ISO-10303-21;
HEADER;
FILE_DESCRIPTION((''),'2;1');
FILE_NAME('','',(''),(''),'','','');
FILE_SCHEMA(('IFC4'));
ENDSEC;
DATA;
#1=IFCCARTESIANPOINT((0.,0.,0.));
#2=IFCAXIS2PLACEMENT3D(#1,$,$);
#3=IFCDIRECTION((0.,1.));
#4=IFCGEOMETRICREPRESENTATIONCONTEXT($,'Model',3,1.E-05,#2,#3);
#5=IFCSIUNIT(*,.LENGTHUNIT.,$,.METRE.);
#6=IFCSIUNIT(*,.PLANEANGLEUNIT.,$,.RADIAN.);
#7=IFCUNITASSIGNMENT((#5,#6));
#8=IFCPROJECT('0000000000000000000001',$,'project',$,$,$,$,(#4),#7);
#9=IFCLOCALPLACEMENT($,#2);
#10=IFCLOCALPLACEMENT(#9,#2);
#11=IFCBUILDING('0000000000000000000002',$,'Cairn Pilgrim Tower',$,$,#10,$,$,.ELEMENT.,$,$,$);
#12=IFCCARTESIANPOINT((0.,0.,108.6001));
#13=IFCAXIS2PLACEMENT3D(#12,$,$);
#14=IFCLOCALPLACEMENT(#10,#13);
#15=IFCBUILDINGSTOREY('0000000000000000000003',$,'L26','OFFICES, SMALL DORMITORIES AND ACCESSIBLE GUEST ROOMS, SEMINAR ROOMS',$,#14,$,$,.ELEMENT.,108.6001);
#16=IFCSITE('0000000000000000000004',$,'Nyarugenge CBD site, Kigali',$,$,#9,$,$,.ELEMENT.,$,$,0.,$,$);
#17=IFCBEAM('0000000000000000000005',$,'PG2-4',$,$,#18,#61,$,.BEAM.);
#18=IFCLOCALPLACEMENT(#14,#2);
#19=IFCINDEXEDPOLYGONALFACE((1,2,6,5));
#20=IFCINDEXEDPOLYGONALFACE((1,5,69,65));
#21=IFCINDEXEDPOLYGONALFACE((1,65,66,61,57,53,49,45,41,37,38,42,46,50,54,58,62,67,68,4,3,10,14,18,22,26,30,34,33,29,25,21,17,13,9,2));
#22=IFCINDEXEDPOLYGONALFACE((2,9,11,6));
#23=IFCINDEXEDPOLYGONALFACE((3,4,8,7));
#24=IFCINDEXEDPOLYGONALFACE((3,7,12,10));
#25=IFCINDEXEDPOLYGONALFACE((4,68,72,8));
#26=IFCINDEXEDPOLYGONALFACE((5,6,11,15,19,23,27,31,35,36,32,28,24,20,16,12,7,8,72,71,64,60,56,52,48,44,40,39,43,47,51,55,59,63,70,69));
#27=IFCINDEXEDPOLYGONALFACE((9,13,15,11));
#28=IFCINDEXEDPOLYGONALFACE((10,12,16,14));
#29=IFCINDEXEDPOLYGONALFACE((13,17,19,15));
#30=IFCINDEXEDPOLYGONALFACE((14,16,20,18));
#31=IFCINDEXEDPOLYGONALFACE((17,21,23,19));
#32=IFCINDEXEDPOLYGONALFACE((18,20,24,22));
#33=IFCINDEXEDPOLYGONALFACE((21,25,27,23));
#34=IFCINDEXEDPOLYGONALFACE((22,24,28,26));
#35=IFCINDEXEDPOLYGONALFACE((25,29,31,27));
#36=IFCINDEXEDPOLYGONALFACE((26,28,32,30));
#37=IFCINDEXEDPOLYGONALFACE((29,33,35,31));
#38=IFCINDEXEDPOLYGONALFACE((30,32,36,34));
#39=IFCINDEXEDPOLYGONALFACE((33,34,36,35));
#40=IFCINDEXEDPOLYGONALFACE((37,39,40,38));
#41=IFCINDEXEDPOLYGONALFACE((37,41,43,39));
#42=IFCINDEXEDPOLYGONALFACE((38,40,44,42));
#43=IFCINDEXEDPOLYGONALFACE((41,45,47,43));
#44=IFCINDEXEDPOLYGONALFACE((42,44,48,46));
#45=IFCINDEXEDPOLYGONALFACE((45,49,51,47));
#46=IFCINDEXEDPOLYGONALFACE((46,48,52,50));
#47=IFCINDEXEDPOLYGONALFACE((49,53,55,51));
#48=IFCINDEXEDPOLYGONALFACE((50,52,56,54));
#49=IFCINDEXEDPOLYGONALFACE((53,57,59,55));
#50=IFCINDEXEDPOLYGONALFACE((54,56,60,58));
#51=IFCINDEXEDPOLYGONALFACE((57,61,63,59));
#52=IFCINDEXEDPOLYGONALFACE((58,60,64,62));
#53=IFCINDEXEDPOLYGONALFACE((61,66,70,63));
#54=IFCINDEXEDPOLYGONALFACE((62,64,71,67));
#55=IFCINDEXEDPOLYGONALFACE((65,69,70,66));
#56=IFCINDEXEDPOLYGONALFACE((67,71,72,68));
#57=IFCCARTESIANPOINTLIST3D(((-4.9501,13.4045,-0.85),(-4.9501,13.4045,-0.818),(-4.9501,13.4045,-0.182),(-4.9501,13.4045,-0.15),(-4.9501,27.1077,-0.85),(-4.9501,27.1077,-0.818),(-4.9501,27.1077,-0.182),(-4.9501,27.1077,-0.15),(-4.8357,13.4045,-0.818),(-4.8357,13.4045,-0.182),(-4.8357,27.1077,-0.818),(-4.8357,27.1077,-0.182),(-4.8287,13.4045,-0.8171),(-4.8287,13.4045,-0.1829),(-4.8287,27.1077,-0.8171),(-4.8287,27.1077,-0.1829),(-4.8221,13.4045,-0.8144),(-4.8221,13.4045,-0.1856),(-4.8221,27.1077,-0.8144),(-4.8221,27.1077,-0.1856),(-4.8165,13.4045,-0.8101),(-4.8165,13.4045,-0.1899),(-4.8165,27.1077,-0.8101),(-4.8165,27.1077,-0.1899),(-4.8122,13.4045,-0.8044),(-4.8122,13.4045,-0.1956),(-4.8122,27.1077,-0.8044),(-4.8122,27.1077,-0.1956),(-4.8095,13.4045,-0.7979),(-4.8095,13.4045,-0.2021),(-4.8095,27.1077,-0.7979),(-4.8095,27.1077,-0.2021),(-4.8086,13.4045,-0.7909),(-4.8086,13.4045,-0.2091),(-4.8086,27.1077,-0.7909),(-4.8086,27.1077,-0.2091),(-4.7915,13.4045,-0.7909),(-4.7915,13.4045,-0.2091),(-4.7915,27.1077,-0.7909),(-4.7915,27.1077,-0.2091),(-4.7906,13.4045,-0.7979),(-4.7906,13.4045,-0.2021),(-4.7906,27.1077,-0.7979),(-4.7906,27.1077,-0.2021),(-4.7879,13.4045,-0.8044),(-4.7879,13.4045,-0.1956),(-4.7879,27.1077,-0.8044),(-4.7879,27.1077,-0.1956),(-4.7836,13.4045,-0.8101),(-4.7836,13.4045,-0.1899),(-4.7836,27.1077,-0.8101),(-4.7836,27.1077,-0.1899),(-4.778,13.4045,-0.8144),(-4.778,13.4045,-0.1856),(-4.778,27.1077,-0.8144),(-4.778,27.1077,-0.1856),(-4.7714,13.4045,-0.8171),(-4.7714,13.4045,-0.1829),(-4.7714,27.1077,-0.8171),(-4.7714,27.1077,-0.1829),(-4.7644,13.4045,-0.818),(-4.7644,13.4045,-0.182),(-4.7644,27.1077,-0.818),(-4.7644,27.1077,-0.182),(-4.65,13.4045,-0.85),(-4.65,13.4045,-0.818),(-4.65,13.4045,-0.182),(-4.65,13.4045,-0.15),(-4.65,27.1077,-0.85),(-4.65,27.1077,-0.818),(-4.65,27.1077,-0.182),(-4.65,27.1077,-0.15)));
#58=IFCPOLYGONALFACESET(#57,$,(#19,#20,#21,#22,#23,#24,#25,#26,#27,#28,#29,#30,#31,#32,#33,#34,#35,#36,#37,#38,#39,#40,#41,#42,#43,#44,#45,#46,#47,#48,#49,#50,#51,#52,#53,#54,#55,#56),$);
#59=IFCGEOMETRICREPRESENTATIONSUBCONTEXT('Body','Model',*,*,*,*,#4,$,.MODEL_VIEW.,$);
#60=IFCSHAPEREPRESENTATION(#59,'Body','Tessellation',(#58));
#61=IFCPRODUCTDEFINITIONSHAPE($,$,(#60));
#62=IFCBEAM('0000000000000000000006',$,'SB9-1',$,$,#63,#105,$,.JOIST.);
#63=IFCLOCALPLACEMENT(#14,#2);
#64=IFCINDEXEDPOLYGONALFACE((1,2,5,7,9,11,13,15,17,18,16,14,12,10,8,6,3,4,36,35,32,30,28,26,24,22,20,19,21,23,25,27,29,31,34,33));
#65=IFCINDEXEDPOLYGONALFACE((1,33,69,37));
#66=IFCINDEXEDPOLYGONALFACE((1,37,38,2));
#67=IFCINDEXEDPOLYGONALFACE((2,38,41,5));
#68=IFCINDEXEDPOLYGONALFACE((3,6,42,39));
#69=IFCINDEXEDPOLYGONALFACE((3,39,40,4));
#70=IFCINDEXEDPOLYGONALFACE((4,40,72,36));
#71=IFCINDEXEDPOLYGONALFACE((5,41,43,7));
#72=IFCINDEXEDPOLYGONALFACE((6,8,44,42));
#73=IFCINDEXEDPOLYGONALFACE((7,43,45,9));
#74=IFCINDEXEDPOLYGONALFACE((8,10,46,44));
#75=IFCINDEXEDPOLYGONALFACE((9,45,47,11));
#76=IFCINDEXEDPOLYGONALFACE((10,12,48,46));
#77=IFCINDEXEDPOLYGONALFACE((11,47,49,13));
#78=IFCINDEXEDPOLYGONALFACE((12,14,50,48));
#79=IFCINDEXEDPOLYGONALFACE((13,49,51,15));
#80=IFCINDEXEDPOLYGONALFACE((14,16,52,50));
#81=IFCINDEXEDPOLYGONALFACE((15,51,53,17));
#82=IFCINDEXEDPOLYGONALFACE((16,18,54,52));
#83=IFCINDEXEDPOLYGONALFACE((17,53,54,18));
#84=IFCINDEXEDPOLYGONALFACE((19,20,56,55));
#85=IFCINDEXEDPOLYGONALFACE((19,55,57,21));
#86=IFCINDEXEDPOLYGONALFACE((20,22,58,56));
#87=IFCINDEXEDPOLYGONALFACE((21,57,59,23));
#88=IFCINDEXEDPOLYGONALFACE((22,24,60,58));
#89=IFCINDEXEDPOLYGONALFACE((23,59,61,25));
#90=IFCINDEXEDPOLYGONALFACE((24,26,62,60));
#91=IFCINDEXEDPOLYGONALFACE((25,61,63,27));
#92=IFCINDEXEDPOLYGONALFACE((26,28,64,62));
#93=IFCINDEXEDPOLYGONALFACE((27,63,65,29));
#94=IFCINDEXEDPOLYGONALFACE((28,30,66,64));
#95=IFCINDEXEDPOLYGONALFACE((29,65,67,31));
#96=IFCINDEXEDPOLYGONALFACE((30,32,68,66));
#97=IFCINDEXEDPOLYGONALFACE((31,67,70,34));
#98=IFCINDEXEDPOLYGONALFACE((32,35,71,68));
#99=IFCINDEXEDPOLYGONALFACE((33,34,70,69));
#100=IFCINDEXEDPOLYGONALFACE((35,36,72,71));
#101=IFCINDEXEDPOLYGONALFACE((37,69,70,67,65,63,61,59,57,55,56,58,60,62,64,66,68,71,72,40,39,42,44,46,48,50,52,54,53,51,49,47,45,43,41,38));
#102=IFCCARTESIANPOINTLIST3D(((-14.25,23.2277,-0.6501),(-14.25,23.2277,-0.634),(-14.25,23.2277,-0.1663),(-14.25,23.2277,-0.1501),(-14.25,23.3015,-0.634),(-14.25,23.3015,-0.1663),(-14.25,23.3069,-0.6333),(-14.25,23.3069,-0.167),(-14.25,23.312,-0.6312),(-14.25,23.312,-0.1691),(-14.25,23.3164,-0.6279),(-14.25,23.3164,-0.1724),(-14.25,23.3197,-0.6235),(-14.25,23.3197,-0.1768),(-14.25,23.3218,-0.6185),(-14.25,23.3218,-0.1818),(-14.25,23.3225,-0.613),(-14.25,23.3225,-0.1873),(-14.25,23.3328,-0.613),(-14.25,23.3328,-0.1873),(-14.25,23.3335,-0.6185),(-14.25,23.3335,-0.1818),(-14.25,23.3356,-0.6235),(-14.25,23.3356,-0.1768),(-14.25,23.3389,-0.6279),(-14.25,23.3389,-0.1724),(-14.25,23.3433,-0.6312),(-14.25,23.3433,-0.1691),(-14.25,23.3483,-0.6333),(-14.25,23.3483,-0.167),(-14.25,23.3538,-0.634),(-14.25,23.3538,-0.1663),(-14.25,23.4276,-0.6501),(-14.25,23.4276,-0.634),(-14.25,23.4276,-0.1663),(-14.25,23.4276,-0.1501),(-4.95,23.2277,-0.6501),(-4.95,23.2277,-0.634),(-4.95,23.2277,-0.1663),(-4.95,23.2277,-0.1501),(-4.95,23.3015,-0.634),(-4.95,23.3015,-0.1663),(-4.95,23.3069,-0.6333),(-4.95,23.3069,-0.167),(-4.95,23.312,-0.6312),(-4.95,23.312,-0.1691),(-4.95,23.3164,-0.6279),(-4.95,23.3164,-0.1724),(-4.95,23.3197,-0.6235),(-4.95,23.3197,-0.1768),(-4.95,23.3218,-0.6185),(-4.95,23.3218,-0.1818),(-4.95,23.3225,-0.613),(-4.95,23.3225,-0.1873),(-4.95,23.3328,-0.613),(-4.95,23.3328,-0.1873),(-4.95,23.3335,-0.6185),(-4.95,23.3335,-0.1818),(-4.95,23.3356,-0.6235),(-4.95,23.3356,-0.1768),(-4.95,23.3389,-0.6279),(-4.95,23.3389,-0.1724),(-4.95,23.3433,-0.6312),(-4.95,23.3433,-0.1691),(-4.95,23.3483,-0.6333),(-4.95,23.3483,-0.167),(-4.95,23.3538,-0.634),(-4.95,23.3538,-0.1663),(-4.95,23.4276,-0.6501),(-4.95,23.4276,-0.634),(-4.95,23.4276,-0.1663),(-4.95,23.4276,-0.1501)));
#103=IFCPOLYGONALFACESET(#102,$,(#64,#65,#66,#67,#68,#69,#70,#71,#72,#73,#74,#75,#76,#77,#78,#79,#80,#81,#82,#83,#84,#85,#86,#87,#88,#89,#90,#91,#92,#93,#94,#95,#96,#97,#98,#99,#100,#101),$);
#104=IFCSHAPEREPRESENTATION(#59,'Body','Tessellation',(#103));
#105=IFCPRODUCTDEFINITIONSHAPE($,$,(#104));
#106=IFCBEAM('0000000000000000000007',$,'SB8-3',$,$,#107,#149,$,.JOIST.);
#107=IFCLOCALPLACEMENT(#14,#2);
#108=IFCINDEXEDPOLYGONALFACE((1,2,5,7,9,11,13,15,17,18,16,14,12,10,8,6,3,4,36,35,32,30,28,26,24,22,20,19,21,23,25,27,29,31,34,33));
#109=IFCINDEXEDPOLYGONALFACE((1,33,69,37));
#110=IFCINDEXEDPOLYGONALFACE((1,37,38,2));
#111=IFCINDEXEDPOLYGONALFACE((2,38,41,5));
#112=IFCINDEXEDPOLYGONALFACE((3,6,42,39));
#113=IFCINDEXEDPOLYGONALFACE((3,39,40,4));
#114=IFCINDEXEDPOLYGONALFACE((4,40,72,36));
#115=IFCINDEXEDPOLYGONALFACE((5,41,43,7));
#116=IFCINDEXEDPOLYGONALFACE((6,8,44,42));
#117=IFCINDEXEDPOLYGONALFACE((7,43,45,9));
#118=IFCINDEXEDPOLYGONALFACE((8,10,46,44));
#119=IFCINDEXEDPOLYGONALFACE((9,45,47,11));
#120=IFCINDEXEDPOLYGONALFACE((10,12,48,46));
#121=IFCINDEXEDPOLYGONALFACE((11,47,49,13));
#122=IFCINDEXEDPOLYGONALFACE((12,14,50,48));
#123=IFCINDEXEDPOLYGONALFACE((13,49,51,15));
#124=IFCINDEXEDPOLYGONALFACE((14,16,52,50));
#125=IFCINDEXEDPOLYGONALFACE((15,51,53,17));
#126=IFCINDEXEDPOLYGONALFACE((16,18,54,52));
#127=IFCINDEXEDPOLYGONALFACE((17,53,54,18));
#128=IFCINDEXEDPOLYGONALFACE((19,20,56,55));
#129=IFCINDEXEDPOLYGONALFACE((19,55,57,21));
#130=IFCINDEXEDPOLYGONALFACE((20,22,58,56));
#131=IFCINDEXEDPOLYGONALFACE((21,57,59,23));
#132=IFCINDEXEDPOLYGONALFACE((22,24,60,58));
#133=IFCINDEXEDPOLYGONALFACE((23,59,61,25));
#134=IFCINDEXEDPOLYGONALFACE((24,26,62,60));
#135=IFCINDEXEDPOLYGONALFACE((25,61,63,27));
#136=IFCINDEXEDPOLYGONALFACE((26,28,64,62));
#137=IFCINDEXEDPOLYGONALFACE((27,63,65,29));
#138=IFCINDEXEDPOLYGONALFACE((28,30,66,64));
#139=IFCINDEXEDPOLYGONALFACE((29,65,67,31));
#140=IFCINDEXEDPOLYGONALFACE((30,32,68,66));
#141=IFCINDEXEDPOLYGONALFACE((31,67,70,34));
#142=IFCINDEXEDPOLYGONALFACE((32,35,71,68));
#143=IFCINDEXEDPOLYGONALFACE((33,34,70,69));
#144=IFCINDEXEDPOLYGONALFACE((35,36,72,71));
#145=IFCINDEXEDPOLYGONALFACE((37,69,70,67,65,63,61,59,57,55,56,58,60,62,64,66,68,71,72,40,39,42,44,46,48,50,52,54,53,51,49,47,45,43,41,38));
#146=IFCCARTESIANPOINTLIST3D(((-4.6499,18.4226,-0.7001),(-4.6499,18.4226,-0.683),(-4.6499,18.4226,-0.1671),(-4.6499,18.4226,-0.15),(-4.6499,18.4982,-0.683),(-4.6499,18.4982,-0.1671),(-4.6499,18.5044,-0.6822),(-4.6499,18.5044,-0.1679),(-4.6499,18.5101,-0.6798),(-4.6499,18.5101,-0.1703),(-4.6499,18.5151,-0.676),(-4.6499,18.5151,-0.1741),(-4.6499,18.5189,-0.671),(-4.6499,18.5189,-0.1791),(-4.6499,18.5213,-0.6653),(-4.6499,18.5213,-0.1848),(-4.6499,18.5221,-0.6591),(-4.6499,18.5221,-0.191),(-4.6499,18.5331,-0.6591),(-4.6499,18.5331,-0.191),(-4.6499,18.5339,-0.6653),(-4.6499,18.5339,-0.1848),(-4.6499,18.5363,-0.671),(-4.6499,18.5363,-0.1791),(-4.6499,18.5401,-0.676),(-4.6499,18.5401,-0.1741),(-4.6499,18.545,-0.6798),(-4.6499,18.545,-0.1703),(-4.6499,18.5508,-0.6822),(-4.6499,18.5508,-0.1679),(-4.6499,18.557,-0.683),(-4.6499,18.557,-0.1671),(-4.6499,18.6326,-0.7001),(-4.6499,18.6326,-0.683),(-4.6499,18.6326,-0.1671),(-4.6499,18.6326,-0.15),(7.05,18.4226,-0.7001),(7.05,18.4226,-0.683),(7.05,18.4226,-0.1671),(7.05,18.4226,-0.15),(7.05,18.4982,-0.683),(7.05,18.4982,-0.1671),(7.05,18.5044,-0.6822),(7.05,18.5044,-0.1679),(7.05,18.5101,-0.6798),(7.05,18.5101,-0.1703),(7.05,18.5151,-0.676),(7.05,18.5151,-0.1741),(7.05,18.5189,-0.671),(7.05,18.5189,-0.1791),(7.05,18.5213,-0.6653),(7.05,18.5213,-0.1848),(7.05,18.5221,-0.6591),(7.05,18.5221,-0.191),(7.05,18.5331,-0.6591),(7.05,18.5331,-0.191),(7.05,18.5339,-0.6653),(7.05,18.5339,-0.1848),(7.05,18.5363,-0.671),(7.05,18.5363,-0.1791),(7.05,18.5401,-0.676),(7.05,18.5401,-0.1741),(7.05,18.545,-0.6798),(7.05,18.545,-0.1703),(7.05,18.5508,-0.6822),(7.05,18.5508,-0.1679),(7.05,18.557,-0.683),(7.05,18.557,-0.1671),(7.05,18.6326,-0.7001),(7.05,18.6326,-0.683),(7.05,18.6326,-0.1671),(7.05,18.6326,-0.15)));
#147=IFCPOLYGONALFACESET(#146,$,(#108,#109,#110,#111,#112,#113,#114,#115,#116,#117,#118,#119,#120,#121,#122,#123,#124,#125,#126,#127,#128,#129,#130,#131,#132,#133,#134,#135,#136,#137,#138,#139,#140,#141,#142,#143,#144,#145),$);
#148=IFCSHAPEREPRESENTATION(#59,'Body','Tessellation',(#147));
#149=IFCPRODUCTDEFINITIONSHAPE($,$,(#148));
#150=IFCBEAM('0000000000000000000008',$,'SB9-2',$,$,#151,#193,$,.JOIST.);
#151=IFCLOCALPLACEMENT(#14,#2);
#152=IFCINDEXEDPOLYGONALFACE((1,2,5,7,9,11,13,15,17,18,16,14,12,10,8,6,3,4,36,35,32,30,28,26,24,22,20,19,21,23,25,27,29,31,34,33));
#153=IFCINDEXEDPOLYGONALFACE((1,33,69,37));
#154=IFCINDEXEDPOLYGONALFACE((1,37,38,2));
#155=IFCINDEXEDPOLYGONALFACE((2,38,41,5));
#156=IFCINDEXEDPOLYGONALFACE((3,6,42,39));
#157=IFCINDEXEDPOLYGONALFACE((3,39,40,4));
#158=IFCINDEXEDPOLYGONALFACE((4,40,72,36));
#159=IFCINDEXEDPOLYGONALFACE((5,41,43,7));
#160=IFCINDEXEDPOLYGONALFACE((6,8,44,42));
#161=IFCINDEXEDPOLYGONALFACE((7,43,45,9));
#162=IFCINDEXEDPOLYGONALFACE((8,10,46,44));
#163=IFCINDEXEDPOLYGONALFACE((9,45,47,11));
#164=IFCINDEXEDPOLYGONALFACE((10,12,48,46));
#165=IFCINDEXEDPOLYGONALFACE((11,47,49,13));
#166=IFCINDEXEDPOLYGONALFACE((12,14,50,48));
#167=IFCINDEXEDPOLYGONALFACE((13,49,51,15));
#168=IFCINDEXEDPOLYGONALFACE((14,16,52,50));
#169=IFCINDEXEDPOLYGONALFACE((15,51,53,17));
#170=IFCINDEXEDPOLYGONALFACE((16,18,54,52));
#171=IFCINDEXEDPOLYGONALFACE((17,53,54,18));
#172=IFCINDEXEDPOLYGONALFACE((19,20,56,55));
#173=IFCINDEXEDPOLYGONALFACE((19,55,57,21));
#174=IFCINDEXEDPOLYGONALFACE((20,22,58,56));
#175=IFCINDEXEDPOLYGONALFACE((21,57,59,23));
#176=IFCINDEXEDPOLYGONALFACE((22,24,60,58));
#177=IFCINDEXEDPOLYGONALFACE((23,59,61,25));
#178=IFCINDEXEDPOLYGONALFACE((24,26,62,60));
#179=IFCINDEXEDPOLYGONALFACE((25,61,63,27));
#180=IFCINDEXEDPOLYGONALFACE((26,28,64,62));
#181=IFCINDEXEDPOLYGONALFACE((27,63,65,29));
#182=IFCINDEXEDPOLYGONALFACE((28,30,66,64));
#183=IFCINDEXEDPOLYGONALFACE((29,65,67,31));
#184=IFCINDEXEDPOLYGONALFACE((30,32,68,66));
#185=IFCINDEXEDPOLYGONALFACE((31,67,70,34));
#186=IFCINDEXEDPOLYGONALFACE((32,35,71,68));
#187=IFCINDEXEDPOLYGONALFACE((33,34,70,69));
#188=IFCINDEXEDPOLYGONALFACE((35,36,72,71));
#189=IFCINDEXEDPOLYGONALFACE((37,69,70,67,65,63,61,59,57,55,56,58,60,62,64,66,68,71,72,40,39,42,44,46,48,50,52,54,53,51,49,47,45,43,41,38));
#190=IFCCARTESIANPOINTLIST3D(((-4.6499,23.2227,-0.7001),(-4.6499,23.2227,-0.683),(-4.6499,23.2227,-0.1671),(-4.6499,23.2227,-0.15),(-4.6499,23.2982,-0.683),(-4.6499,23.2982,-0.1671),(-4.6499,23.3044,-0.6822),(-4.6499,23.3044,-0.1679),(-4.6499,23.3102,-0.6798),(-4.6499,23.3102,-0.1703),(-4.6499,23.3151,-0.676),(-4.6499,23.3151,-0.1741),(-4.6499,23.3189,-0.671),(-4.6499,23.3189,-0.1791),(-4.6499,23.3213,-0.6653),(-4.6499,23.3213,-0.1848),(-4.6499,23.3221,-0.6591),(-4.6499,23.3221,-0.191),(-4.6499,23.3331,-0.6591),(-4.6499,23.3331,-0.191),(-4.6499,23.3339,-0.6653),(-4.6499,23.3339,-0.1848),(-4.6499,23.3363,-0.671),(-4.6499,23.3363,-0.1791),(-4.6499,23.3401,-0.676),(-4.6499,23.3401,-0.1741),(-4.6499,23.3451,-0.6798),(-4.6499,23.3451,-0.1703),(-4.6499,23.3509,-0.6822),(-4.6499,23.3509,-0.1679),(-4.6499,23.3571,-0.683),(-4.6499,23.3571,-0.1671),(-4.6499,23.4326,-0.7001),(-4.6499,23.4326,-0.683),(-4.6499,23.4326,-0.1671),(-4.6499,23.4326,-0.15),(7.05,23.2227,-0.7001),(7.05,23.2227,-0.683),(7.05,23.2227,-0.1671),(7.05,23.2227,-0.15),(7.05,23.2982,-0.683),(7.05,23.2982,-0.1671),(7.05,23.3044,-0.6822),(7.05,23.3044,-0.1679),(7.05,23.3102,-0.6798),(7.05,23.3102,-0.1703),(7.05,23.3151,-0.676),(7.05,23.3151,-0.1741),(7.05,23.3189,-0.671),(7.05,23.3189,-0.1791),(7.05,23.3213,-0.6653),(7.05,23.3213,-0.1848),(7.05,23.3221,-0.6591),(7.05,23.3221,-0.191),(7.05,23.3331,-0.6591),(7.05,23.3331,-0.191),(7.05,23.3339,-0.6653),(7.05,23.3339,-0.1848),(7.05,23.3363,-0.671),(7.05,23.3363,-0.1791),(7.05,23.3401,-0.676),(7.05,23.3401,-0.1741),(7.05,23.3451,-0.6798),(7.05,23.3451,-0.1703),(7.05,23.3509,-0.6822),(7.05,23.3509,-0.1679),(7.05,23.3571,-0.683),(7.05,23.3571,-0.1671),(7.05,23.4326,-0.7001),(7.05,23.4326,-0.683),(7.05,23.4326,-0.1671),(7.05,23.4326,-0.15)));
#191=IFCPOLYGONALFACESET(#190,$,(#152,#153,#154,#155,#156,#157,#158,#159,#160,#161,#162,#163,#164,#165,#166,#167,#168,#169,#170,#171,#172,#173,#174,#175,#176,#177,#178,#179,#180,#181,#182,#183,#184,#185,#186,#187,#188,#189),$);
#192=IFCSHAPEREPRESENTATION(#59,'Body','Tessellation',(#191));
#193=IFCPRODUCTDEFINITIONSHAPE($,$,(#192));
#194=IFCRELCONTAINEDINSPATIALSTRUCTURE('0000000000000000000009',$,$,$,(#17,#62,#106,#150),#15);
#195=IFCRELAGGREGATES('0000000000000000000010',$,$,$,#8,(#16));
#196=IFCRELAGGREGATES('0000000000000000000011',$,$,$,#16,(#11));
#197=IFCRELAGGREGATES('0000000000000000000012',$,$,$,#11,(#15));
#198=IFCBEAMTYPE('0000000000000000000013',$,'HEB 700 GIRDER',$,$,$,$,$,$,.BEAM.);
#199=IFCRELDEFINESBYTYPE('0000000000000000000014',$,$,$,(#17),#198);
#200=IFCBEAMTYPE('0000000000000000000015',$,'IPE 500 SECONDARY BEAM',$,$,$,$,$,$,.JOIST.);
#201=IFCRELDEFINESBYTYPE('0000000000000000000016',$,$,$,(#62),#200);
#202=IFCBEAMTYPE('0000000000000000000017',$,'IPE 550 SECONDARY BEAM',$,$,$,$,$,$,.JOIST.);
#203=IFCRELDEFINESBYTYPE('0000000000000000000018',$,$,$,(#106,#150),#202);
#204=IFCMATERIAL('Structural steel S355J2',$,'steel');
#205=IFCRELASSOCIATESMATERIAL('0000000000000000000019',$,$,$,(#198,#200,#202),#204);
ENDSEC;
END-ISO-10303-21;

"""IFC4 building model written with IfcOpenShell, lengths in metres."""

from ifc_helpers import new_model, si_unit, direction, frame, origin, origin_2d, place, context, subcontext, project, spatial, i_section, extrude, material, material_profile, profile_set, type_object, element, save


model = new_model("IFC4")

# Units and contexts
model_context = context("Model", 3, precision=1e-05, world=origin(), true_north=direction((0.0, 1.0)))
body_context = subcontext(model_context, "Body", "Model", "MODEL_VIEW")
ifc_project = project(units=[si_unit("LENGTHUNIT", "METRE"), si_unit("PLANEANGLEUNIT", "RADIAN")], contexts=[model_context])

# Site, building, storey
site_placement = place(None, origin())
site = spatial("IfcSite", under=ifc_project, at=site_placement, Name="Nyarugenge CBD site, Kigali", CompositionType="ELEMENT", RefElevation=0.0)
building_placement = place(site_placement, origin())
building = spatial("IfcBuilding", under=site, at=building_placement, Name="Cairn Pilgrim Tower", CompositionType="ELEMENT")
storey_placement = place(building_placement, frame((0.0, 0.0, 108.6001)))
storey = spatial("IfcBuildingStorey", under=building, at=storey_placement, Name="L26", Description="OFFICES, SMALL DORMITORIES AND ACCESSIBLE GUEST ROOMS, SEMINAR ROOMS", CompositionType="ELEMENT", Elevation=108.6001)

# Shared definitions
ifc_material_1 = material(Name="Structural steel S355J2", Category="steel")

# Beams
ifc_material_profile_1 = material_profile(ifc_material_1, i_section(OverallWidth=0.3, OverallDepth=0.7, WebThickness=0.0171, FlangeThickness=0.032, FilletRadius=0.0271, at=origin_2d()), Name="HEB 700")
ifc_profile_set_1 = profile_set([ifc_material_profile_1], Name="Structural steel S355J2")
beam_type_1 = type_object("IfcBeamType", Name="HEB 700 GIRDER", PredefinedType="BEAM", material=ifc_profile_set_1)
beam_1_placement = place(storey_placement, frame((-4.8, 13.4045, -0.5), z_axis=(0.0, 1.0, 0.0), x_axis=(-1.0, 0.0, 0.0)))
element("IfcBeam", 1, at=beam_1_placement, inside=storey, type_object=beam_type_1, Name="PG2-4", PredefinedType="BEAM", context=body_context, shape_type="SweptSolid", body=[
    extrude(i_section(OverallWidth=0.3, OverallDepth=0.7, WebThickness=0.0171, FlangeThickness=0.032, FilletRadius=0.0271, at=origin_2d()), origin(), (0.0, 0.0, 1.0), 13.7031),
])
ifc_material_profile_2 = material_profile(ifc_material_1, i_section(OverallWidth=0.2, OverallDepth=0.5, WebThickness=0.0103, FlangeThickness=0.0161, FilletRadius=0.021, at=origin_2d()), Name="IPE 500")
ifc_profile_set_2 = profile_set([ifc_material_profile_2], Name="Structural steel S355J2")
beam_type_2 = type_object("IfcBeamType", Name="IPE 500 SECONDARY BEAM", PredefinedType="JOIST", material=ifc_profile_set_2)
beam_2_placement = place(storey_placement, frame((-14.25, 23.3276, -0.4001), z_axis=(1.0, 0.0, 0.0), x_axis=(0.0, 1.0, 0.0)))
element("IfcBeam", 2, at=beam_2_placement, inside=storey, type_object=beam_type_2, Name="SB9-1", PredefinedType="JOIST", context=body_context, shape_type="SweptSolid", body=[
    extrude(i_section(OverallWidth=0.2, OverallDepth=0.5, WebThickness=0.0103, FlangeThickness=0.0161, FilletRadius=0.021, at=origin_2d()), origin(), (0.0, 0.0, 1.0), 9.3),
])
ifc_material_profile_3 = material_profile(ifc_material_1, i_section(OverallWidth=0.21, OverallDepth=0.55, WebThickness=0.011, FlangeThickness=0.0171, FilletRadius=0.0239, at=origin_2d()), Name="IPE 550")
ifc_profile_set_3 = profile_set([ifc_material_profile_3], Name="Structural steel S355J2")
beam_type_3 = type_object("IfcBeamType", Name="IPE 550 SECONDARY BEAM", PredefinedType="JOIST", material=ifc_profile_set_3)
for number, where, z_axis, x_axis, name in (
    (3, (-4.6499, 18.5276, -0.425), (1.0, 0.0, 0.0), (0.0, 1.0, 0.0), "SB8-3"),
    (4, (-4.6499, 23.3276, -0.425), (1.0, 0.0, 0.0), (0.0, 1.0, 0.0), "SB9-2"),
):
    element("IfcBeam", number, at=place(storey_placement, frame(where, z_axis=z_axis, x_axis=x_axis)), inside=storey, type_object=beam_type_3, Name=name, PredefinedType="JOIST", context=body_context, shape_type="SweptSolid", body=[
        extrude(i_section(OverallWidth=0.21, OverallDepth=0.55, WebThickness=0.011, FlangeThickness=0.0171, FilletRadius=0.0239, at=origin_2d()), origin(), (0.0, 0.0, 1.0), 11.7),
    ])

save(model, "model.ifc")
